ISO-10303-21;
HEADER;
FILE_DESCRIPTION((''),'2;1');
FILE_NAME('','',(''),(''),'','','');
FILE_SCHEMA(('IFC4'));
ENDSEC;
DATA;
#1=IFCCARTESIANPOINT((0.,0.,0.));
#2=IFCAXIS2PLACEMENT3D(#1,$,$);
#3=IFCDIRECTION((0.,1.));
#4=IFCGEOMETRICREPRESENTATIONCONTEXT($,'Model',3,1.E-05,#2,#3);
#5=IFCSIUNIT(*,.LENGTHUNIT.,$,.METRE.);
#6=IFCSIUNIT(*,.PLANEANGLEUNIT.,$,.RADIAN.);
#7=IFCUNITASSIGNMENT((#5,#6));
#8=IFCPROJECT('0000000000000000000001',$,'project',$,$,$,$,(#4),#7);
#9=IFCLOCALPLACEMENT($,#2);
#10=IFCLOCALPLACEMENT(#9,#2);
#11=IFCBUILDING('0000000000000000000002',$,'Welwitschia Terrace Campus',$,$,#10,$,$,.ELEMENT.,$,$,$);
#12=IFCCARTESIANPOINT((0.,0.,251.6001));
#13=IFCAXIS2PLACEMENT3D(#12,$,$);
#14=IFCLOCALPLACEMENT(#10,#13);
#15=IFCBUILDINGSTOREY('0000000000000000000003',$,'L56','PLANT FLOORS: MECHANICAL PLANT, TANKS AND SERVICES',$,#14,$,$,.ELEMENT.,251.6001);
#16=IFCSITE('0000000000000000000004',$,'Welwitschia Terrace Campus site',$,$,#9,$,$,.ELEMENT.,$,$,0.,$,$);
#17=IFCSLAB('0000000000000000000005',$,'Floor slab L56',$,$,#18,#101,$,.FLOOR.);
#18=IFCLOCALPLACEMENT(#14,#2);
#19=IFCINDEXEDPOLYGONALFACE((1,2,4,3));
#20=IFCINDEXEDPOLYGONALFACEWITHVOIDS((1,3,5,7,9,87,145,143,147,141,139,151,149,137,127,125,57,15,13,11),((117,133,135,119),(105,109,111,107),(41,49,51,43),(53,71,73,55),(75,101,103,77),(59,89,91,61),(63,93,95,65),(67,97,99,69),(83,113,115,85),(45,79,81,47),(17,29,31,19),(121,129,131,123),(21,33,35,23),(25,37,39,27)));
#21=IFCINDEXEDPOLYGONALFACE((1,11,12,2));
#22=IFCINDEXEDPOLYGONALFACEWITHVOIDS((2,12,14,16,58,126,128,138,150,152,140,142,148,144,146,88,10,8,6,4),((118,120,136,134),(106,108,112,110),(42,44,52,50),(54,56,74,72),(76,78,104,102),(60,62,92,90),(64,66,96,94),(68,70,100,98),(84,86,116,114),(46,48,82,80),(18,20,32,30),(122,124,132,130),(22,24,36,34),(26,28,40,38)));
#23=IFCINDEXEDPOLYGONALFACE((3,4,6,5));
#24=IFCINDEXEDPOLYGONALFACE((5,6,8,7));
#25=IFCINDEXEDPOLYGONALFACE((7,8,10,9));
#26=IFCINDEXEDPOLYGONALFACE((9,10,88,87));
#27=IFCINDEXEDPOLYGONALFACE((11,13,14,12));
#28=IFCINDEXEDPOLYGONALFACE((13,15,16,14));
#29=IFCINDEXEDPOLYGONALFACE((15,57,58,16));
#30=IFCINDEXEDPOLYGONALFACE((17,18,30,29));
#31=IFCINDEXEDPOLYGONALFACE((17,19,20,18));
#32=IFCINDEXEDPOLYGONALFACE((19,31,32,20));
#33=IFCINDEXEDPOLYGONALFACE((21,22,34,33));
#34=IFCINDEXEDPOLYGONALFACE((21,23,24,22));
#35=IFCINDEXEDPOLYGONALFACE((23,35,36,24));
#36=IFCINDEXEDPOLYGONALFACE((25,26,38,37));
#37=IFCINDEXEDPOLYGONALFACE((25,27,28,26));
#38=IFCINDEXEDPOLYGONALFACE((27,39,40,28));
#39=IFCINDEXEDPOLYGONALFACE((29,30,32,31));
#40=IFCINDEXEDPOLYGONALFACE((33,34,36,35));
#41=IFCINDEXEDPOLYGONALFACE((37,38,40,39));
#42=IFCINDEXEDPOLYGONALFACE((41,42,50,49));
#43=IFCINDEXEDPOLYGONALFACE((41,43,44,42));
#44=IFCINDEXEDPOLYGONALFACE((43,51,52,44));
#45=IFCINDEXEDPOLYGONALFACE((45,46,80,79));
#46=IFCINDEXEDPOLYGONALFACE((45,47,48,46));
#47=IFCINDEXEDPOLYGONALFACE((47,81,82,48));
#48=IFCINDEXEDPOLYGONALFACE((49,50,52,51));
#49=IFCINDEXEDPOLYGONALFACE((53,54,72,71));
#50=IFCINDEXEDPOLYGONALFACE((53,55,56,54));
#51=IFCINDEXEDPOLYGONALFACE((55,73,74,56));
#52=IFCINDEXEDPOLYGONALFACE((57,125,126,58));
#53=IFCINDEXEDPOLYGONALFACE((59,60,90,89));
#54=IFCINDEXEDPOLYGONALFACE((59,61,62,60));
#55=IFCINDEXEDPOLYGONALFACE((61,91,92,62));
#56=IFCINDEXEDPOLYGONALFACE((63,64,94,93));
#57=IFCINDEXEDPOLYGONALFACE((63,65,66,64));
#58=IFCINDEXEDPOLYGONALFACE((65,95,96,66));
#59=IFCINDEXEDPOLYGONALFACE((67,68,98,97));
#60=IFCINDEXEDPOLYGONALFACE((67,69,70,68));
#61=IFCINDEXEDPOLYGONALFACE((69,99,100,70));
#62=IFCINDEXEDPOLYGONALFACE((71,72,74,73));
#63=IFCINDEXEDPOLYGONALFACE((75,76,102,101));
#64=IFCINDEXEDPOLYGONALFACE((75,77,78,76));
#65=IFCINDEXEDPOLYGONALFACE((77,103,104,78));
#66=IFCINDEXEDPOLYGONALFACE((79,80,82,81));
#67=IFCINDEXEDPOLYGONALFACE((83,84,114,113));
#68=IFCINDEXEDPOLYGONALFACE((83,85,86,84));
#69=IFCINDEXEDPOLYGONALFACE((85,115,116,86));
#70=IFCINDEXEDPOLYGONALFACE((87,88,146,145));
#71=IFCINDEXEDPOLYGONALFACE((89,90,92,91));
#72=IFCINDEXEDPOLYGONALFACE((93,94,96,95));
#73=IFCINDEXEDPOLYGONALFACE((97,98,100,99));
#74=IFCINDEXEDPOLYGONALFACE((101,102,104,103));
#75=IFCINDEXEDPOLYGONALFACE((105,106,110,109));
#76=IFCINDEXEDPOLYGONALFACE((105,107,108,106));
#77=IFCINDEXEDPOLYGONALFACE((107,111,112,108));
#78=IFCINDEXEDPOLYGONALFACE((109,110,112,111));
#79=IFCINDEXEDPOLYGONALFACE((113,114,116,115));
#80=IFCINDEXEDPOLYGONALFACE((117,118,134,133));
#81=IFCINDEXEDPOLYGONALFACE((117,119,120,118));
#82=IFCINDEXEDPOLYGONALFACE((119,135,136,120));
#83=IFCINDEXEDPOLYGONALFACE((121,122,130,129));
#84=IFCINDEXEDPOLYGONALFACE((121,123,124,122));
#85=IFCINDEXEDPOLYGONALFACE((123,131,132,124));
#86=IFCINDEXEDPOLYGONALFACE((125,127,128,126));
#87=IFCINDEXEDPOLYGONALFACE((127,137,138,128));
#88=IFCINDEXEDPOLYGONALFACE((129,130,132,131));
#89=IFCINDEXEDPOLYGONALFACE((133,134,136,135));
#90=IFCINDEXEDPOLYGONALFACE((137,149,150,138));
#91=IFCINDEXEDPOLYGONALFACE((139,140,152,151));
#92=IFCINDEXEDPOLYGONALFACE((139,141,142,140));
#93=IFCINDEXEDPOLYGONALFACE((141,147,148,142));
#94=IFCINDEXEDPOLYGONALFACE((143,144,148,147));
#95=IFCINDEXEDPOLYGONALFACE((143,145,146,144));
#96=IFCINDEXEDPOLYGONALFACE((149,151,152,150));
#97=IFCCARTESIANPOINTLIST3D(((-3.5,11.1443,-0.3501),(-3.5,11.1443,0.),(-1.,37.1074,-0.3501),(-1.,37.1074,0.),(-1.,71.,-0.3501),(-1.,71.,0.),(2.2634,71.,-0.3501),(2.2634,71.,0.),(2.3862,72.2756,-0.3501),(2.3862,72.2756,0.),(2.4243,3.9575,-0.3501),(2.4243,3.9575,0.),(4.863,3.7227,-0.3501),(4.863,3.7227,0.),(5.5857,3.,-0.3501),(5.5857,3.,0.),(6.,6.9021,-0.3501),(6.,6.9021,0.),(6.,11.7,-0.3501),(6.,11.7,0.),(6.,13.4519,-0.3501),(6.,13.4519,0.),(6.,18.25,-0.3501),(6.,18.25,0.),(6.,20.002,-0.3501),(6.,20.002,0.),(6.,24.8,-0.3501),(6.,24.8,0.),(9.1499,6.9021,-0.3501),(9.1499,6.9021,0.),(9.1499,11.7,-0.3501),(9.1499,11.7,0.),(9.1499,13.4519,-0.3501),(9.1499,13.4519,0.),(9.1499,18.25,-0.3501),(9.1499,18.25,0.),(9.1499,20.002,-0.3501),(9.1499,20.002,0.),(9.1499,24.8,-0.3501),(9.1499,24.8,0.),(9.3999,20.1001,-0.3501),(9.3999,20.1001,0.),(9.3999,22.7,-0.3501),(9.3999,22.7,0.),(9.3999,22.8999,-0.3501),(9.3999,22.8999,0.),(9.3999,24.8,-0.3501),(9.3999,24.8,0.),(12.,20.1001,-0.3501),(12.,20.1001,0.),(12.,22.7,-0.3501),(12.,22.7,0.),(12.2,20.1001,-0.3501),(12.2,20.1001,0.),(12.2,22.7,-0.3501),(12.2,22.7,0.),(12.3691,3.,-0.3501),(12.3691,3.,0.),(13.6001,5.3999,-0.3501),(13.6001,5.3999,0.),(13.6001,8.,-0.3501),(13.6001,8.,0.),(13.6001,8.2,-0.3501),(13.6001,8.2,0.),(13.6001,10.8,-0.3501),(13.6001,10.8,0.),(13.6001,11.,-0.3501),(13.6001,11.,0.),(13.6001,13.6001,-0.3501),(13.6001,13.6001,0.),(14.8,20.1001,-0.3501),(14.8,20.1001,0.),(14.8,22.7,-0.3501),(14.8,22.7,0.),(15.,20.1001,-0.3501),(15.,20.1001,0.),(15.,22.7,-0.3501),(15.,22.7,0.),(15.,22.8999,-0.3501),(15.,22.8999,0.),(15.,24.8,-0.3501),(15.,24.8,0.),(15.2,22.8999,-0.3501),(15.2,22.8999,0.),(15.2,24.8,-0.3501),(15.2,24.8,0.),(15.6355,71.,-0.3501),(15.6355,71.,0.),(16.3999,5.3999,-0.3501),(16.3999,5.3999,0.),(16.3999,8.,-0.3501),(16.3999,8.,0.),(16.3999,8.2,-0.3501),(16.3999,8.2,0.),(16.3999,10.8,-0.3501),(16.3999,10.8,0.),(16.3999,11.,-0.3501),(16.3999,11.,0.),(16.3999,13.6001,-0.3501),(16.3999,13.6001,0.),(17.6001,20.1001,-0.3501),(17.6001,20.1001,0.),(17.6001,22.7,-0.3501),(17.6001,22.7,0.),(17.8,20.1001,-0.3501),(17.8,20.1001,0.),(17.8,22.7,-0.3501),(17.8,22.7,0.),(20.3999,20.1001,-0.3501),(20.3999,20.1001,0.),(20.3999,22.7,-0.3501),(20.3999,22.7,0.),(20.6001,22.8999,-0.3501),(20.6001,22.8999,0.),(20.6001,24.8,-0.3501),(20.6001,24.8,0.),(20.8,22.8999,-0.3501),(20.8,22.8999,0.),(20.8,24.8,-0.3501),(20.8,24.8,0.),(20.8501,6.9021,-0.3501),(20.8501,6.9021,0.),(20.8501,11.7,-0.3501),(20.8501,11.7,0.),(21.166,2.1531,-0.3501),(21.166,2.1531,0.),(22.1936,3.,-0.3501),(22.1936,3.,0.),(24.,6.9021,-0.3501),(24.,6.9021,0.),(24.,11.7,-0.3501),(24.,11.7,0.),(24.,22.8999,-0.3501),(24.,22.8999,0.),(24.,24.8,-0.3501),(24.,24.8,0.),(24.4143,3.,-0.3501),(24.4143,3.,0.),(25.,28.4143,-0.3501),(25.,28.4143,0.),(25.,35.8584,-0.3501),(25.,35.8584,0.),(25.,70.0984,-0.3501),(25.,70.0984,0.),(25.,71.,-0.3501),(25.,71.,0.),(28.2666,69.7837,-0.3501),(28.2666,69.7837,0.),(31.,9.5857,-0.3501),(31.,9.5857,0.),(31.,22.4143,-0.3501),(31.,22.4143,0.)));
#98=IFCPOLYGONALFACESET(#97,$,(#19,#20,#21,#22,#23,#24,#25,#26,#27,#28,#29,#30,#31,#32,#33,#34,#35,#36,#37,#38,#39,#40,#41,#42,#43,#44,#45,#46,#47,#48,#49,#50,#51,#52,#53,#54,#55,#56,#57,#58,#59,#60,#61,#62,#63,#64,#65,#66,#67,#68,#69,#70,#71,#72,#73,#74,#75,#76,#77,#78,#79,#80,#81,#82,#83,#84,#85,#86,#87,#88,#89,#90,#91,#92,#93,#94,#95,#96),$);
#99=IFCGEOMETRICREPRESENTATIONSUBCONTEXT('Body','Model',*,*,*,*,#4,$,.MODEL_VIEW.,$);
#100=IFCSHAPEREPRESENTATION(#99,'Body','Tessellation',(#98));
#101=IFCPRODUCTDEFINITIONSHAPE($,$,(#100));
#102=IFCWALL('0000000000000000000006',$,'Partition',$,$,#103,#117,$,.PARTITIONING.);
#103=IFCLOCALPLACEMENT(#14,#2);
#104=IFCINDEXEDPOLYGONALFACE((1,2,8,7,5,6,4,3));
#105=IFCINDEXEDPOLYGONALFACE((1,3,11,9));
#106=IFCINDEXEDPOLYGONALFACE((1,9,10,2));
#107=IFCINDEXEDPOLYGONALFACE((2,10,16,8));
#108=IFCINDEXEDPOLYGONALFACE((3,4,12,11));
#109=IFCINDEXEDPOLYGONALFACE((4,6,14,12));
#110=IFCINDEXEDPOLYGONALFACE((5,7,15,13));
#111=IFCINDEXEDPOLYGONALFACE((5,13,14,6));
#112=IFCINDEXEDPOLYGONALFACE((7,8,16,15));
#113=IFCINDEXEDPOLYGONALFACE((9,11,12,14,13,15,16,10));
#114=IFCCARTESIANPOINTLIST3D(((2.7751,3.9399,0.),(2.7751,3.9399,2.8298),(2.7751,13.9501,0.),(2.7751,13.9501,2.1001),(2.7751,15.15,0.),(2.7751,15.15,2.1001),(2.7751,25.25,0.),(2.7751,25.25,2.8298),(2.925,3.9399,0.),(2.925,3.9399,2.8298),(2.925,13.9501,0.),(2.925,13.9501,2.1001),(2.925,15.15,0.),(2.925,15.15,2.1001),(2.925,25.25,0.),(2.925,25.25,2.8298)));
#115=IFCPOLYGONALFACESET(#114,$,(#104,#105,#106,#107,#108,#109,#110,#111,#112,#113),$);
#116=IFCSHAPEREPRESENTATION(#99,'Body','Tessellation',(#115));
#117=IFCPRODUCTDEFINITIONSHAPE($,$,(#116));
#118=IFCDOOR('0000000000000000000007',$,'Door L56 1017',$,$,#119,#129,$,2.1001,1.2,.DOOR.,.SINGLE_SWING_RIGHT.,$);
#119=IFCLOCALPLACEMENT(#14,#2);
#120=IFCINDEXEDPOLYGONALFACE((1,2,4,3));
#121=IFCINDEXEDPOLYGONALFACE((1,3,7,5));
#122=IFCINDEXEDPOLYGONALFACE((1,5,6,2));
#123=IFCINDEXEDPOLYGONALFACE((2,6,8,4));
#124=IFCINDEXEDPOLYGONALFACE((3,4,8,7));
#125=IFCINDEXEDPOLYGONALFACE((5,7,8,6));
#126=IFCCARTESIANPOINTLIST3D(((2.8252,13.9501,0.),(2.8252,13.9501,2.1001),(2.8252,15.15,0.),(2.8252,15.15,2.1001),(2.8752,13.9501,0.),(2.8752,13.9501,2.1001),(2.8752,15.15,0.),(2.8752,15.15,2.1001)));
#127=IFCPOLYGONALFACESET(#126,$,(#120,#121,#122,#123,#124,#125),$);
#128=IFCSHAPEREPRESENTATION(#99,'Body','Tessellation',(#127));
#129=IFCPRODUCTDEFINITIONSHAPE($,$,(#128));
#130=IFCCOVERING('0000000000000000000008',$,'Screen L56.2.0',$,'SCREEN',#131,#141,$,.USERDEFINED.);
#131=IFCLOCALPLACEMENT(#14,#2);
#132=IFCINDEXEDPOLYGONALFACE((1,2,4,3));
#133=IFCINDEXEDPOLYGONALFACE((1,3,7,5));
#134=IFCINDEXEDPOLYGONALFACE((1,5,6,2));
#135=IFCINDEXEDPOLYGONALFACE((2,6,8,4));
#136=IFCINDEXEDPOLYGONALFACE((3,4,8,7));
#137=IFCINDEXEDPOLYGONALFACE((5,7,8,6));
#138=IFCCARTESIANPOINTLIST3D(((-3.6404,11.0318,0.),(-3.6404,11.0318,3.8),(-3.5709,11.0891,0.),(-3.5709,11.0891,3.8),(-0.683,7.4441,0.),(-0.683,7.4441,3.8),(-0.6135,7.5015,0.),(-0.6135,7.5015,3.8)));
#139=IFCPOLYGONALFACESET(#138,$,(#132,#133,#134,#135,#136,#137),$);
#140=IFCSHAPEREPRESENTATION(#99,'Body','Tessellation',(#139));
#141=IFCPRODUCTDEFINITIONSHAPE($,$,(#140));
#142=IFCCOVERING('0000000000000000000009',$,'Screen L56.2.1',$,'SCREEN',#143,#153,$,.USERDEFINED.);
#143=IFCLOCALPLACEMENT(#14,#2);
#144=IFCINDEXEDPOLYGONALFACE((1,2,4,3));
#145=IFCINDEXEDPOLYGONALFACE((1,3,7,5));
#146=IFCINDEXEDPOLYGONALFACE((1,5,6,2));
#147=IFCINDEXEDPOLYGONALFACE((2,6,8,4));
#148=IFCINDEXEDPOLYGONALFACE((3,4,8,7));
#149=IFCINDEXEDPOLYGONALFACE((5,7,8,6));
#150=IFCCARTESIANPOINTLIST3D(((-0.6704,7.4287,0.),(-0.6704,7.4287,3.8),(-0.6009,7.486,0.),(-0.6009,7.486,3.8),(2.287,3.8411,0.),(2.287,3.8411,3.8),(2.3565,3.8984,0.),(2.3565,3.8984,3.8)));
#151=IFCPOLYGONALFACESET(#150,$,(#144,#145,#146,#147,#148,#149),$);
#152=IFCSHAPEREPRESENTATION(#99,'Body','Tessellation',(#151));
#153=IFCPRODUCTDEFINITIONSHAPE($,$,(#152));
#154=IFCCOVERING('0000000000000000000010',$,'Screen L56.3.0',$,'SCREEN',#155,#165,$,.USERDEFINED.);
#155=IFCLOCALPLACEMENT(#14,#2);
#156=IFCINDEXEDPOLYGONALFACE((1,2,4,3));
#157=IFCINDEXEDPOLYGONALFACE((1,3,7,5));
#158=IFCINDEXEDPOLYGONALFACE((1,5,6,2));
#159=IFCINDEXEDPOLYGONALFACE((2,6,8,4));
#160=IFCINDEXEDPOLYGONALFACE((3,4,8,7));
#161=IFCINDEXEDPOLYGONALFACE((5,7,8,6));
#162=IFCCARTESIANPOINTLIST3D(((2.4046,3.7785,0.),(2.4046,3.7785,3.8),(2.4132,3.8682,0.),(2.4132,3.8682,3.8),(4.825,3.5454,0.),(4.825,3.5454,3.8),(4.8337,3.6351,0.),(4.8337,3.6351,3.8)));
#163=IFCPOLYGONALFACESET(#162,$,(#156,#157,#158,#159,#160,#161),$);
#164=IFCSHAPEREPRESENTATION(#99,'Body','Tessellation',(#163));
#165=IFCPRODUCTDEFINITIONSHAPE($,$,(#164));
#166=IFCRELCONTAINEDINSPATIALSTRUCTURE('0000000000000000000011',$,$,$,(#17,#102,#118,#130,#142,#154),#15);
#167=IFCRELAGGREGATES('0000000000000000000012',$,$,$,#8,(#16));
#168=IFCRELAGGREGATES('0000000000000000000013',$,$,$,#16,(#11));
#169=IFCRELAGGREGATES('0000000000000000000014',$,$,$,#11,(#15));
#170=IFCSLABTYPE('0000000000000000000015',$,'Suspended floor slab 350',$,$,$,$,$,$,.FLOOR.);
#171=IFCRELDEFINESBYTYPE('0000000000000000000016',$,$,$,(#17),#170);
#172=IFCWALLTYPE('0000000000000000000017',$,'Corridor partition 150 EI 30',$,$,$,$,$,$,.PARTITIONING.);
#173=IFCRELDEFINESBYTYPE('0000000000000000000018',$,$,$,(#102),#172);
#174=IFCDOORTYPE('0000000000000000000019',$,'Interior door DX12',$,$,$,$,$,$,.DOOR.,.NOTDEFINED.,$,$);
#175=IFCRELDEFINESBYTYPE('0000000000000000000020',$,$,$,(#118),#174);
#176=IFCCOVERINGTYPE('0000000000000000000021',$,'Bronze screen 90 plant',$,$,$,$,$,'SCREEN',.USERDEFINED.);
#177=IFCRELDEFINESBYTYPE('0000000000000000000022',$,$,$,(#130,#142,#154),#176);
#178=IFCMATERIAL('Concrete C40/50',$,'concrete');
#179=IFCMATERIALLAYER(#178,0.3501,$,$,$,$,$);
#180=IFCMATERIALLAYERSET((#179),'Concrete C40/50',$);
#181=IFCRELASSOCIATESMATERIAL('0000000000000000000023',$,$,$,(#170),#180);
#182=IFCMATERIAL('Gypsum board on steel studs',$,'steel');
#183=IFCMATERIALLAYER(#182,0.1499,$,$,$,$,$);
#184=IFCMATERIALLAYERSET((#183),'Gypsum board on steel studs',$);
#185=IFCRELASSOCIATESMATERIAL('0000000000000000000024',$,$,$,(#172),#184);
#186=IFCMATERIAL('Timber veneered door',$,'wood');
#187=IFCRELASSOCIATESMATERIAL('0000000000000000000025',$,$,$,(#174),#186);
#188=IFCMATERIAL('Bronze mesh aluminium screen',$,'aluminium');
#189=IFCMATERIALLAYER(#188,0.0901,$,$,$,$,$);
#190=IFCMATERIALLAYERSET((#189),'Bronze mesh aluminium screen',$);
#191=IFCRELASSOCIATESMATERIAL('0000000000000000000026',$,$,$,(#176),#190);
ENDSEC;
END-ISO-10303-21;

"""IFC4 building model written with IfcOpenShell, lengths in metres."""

from ifc_helpers import new_model, si_unit, direction, frame, frame_2d, origin, origin_2d, place, context, subcontext, project, spatial, polyline, rectangle, outline, extrude, material, layer, layer_set, type_object, element, fill, save


model = new_model("IFC4")

# Units and contexts
model_context = context("Model", 3, precision=1e-05, world=origin(), true_north=direction((0.0, 1.0)))
body_context = subcontext(model_context, "Body", "Model", "MODEL_VIEW")
ifc_project = project(units=[si_unit("LENGTHUNIT", "METRE"), si_unit("PLANEANGLEUNIT", "RADIAN")], contexts=[model_context])

# Site, building, storey
site_placement = place(None, origin())
site = spatial("IfcSite", under=ifc_project, at=site_placement, Name="Welwitschia Terrace Campus site", CompositionType="ELEMENT", RefElevation=0.0)
building_placement = place(site_placement, origin())
building = spatial("IfcBuilding", under=site, at=building_placement, Name="Welwitschia Terrace Campus", CompositionType="ELEMENT")
storey_placement = place(building_placement, frame((0.0, 0.0, 251.6001)))
storey = spatial("IfcBuildingStorey", under=building, at=storey_placement, Name="L56", Description="PLANT FLOORS: MECHANICAL PLANT, TANKS AND SERVICES", CompositionType="ELEMENT", Elevation=251.6001)

# Slab
ifc_material_1 = material(Name="Concrete C40/50", Category="concrete")
ifc_layer_1 = layer(ifc_material_1, 0.3501)
ifc_layer_set_1 = layer_set([ifc_layer_1], Name="Concrete C40/50")
slab_type_1 = type_object("IfcSlabType", Name="Suspended floor slab 350", PredefinedType="FLOOR", material=ifc_layer_set_1)
slab_1_placement = place(storey_placement, frame((0.0, 0.0, -0.3501)))
element("IfcSlab", 1, at=slab_1_placement, inside=storey, type_object=slab_type_1, Name="Floor slab L56", PredefinedType="FLOOR", context=body_context, shape_type="SweptSolid", body=[
    extrude(outline(polyline([(2.2634, 71.0), (2.3862, 72.2756), (15.6355, 71.0), (25.0, 71.0), (25.0, 70.0984), (28.2666, 69.7837), (25.0, 35.8584), (25.0, 28.4143), (31.0, 22.4143), (31.0, 9.5857), (24.4143, 3.0), (22.1936, 3.0), (21.166, 2.1531), (12.3691, 3.0), (5.5857, 3.0), (4.863, 3.7227), (2.4243, 3.9575), (-3.5, 11.1443), (-1.0, 37.1074), (-1.0, 71.0), (2.2634, 71.0)]), holes=[polyline([(13.6001, 8.0), (13.6001, 5.3999), (16.3999, 5.3999), (16.3999, 8.0), (13.6001, 8.0)]), polyline([(9.1499, 11.7), (6.0, 11.7), (6.0, 6.9021), (9.1499, 6.9021), (9.1499, 11.7)]), polyline([(9.1499, 18.25), (6.0, 18.25), (6.0, 13.4519), (9.1499, 13.4519), (9.1499, 18.25)]), polyline([(12.0, 22.7), (9.3999, 22.7), (9.3999, 20.1001), (12.0, 20.1001), (12.0, 22.7)]), polyline([(14.8, 22.7), (12.2, 22.7), (12.2, 20.1001), (14.8, 20.1001), (14.8, 22.7)]), polyline([(9.1499, 24.8), (6.0, 24.8), (6.0, 20.002), (9.1499, 20.002), (9.1499, 24.8)]), polyline([(15.0, 24.8), (9.3999, 24.8), (9.3999, 22.8999), (15.0, 22.8999), (15.0, 24.8)]), polyline([(20.8501, 11.7), (20.8501, 6.9021), (24.0, 6.9021), (24.0, 11.7), (20.8501, 11.7)]), polyline([(16.3999, 10.8), (13.6001, 10.8), (13.6001, 8.2), (16.3999, 8.2), (16.3999, 10.8)]), polyline([(16.3999, 13.6001), (13.6001, 13.6001), (13.6001, 11.0), (16.3999, 11.0), (16.3999, 13.6001)]), polyline([(17.6001, 22.7), (15.0, 22.7), (15.0, 20.1001), (17.6001, 20.1001), (17.6001, 22.7)]), polyline([(20.3999, 22.7), (17.8, 22.7), (17.8, 20.1001), (20.3999, 20.1001), (20.3999, 22.7)]), polyline([(20.6001, 24.8), (15.2, 24.8), (15.2, 22.8999), (20.6001, 22.8999), (20.6001, 24.8)]), polyline([(24.0, 24.8), (20.8, 24.8), (20.8, 22.8999), (24.0, 22.8999), (24.0, 24.8)])]), origin(), (0.0, 0.0, 1.0), 0.3501),
])

# Wall, opening, door
ifc_material_2 = material(Name="Gypsum board on steel studs", Category="steel")
ifc_layer_2 = layer(ifc_material_2, 0.1499)
ifc_layer_set_2 = layer_set([ifc_layer_2], Name="Gypsum board on steel studs")
wall_type = type_object("IfcWallType", Name="Corridor partition 150 EI 30", PredefinedType="PARTITIONING", material=ifc_layer_set_2)
wall_placement = place(storey_placement, frame((2.8501, 3.9399, 0.0), z_axis=(0.0, 0.0, 1.0), x_axis=(0.0, 1.0, 0.0)))
wall = element("IfcWall", 2, at=wall_placement, inside=storey, type_object=wall_type, Name="Partition", PredefinedType="PARTITIONING", context=body_context, shape_type="SweptSolid", body=[
    extrude(rectangle(XDim=21.3101, YDim=0.1499, at=frame_2d((10.655, 0.0))), origin(), (0.0, 0.0, 1.0), 2.8298),
])
opening_placement = place(wall_placement, frame((10.01, 0.0, 0.0)))
opening = element("IfcOpeningElement", 3, at=opening_placement, cuts=wall, PredefinedType="OPENING", context=body_context, shape_type="SweptSolid", body=[
    extrude(rectangle(XDim=1.2, YDim=2.1001, at=frame_2d((0.6001, 1.05))), frame((0.0, 0.085, 0.0), z_axis=(0.0, -1.0, 0.0), x_axis=(1.0, 0.0, 0.0)), (0.0, 0.0, 1.0), 0.1699),
])
ifc_material_3 = material(Name="Timber veneered door", Category="wood")
door_type = type_object("IfcDoorType", Name="Interior door DX12", OperationType="NOTDEFINED", PredefinedType="DOOR", material=ifc_material_3)
door_placement = place(opening_placement, origin())
door = element("IfcDoor", 4, at=door_placement, inside=storey, type_object=door_type, Name="Door L56 1017", OperationType="SINGLE_SWING_RIGHT", OverallHeight=2.1001, OverallWidth=1.2, PredefinedType="DOOR", context=body_context, shape_type="SweptSolid", body=[
    extrude(rectangle(XDim=1.2, YDim=2.1001, at=frame_2d((0.6001, 1.05))), frame((0.0, 0.0249, 0.0), z_axis=(0.0, -1.0, 0.0), x_axis=(1.0, 0.0, 0.0)), (0.0, 0.0, 1.0), 0.05),
])
fill(opening, door)

# Coverings
ifc_material_4 = material(Name="Bronze mesh aluminium screen", Category="aluminium")
ifc_layer_3 = layer(ifc_material_4, 0.0901)
ifc_layer_set_3 = layer_set([ifc_layer_3], Name="Bronze mesh aluminium screen")
covering_type_1 = type_object("IfcCoveringType", Name="Bronze screen 90 plant", ElementType="SCREEN", PredefinedType="USERDEFINED", material=ifc_layer_set_3)
for number, where, z_axis, x_axis, name in (
    (5, (-2.127, 9.2666, 0.0), (0.0, 0.0, 1.0), (0.636078, -0.771625, 0.0), "Screen L56.2.0"),
    (6, (0.843, 5.6636, 0.0), (0.0, 0.0, 1.0), (0.636078, -0.771625, 0.0), "Screen L56.2.1"),
):
    element("IfcCovering", number, at=place(storey_placement, frame(where, z_axis=z_axis, x_axis=x_axis)), inside=storey, type_object=covering_type_1, Name=name, ObjectType="SCREEN", PredefinedType="USERDEFINED", context=body_context, shape_type="SweptSolid", body=[
        extrude(rectangle(XDim=4.6494, YDim=0.0901, at=origin_2d()), origin(), (0.0, 0.0, 1.0), 3.8),
    ])
covering_1_placement = place(storey_placement, frame((3.6191, 3.7068, 0.0), z_axis=(0.0, 0.0, 1.0), x_axis=(0.995396, -0.095846, 0.0)))
element("IfcCovering", 7, at=covering_1_placement, inside=storey, type_object=covering_type_1, Name="Screen L56.3.0", ObjectType="SCREEN", PredefinedType="USERDEFINED", context=body_context, shape_type="SweptSolid", body=[
    extrude(rectangle(XDim=2.4316, YDim=0.0901, at=origin_2d()), origin(), (0.0, 0.0, 1.0), 3.8),
])

save(model, "model.ifc")
